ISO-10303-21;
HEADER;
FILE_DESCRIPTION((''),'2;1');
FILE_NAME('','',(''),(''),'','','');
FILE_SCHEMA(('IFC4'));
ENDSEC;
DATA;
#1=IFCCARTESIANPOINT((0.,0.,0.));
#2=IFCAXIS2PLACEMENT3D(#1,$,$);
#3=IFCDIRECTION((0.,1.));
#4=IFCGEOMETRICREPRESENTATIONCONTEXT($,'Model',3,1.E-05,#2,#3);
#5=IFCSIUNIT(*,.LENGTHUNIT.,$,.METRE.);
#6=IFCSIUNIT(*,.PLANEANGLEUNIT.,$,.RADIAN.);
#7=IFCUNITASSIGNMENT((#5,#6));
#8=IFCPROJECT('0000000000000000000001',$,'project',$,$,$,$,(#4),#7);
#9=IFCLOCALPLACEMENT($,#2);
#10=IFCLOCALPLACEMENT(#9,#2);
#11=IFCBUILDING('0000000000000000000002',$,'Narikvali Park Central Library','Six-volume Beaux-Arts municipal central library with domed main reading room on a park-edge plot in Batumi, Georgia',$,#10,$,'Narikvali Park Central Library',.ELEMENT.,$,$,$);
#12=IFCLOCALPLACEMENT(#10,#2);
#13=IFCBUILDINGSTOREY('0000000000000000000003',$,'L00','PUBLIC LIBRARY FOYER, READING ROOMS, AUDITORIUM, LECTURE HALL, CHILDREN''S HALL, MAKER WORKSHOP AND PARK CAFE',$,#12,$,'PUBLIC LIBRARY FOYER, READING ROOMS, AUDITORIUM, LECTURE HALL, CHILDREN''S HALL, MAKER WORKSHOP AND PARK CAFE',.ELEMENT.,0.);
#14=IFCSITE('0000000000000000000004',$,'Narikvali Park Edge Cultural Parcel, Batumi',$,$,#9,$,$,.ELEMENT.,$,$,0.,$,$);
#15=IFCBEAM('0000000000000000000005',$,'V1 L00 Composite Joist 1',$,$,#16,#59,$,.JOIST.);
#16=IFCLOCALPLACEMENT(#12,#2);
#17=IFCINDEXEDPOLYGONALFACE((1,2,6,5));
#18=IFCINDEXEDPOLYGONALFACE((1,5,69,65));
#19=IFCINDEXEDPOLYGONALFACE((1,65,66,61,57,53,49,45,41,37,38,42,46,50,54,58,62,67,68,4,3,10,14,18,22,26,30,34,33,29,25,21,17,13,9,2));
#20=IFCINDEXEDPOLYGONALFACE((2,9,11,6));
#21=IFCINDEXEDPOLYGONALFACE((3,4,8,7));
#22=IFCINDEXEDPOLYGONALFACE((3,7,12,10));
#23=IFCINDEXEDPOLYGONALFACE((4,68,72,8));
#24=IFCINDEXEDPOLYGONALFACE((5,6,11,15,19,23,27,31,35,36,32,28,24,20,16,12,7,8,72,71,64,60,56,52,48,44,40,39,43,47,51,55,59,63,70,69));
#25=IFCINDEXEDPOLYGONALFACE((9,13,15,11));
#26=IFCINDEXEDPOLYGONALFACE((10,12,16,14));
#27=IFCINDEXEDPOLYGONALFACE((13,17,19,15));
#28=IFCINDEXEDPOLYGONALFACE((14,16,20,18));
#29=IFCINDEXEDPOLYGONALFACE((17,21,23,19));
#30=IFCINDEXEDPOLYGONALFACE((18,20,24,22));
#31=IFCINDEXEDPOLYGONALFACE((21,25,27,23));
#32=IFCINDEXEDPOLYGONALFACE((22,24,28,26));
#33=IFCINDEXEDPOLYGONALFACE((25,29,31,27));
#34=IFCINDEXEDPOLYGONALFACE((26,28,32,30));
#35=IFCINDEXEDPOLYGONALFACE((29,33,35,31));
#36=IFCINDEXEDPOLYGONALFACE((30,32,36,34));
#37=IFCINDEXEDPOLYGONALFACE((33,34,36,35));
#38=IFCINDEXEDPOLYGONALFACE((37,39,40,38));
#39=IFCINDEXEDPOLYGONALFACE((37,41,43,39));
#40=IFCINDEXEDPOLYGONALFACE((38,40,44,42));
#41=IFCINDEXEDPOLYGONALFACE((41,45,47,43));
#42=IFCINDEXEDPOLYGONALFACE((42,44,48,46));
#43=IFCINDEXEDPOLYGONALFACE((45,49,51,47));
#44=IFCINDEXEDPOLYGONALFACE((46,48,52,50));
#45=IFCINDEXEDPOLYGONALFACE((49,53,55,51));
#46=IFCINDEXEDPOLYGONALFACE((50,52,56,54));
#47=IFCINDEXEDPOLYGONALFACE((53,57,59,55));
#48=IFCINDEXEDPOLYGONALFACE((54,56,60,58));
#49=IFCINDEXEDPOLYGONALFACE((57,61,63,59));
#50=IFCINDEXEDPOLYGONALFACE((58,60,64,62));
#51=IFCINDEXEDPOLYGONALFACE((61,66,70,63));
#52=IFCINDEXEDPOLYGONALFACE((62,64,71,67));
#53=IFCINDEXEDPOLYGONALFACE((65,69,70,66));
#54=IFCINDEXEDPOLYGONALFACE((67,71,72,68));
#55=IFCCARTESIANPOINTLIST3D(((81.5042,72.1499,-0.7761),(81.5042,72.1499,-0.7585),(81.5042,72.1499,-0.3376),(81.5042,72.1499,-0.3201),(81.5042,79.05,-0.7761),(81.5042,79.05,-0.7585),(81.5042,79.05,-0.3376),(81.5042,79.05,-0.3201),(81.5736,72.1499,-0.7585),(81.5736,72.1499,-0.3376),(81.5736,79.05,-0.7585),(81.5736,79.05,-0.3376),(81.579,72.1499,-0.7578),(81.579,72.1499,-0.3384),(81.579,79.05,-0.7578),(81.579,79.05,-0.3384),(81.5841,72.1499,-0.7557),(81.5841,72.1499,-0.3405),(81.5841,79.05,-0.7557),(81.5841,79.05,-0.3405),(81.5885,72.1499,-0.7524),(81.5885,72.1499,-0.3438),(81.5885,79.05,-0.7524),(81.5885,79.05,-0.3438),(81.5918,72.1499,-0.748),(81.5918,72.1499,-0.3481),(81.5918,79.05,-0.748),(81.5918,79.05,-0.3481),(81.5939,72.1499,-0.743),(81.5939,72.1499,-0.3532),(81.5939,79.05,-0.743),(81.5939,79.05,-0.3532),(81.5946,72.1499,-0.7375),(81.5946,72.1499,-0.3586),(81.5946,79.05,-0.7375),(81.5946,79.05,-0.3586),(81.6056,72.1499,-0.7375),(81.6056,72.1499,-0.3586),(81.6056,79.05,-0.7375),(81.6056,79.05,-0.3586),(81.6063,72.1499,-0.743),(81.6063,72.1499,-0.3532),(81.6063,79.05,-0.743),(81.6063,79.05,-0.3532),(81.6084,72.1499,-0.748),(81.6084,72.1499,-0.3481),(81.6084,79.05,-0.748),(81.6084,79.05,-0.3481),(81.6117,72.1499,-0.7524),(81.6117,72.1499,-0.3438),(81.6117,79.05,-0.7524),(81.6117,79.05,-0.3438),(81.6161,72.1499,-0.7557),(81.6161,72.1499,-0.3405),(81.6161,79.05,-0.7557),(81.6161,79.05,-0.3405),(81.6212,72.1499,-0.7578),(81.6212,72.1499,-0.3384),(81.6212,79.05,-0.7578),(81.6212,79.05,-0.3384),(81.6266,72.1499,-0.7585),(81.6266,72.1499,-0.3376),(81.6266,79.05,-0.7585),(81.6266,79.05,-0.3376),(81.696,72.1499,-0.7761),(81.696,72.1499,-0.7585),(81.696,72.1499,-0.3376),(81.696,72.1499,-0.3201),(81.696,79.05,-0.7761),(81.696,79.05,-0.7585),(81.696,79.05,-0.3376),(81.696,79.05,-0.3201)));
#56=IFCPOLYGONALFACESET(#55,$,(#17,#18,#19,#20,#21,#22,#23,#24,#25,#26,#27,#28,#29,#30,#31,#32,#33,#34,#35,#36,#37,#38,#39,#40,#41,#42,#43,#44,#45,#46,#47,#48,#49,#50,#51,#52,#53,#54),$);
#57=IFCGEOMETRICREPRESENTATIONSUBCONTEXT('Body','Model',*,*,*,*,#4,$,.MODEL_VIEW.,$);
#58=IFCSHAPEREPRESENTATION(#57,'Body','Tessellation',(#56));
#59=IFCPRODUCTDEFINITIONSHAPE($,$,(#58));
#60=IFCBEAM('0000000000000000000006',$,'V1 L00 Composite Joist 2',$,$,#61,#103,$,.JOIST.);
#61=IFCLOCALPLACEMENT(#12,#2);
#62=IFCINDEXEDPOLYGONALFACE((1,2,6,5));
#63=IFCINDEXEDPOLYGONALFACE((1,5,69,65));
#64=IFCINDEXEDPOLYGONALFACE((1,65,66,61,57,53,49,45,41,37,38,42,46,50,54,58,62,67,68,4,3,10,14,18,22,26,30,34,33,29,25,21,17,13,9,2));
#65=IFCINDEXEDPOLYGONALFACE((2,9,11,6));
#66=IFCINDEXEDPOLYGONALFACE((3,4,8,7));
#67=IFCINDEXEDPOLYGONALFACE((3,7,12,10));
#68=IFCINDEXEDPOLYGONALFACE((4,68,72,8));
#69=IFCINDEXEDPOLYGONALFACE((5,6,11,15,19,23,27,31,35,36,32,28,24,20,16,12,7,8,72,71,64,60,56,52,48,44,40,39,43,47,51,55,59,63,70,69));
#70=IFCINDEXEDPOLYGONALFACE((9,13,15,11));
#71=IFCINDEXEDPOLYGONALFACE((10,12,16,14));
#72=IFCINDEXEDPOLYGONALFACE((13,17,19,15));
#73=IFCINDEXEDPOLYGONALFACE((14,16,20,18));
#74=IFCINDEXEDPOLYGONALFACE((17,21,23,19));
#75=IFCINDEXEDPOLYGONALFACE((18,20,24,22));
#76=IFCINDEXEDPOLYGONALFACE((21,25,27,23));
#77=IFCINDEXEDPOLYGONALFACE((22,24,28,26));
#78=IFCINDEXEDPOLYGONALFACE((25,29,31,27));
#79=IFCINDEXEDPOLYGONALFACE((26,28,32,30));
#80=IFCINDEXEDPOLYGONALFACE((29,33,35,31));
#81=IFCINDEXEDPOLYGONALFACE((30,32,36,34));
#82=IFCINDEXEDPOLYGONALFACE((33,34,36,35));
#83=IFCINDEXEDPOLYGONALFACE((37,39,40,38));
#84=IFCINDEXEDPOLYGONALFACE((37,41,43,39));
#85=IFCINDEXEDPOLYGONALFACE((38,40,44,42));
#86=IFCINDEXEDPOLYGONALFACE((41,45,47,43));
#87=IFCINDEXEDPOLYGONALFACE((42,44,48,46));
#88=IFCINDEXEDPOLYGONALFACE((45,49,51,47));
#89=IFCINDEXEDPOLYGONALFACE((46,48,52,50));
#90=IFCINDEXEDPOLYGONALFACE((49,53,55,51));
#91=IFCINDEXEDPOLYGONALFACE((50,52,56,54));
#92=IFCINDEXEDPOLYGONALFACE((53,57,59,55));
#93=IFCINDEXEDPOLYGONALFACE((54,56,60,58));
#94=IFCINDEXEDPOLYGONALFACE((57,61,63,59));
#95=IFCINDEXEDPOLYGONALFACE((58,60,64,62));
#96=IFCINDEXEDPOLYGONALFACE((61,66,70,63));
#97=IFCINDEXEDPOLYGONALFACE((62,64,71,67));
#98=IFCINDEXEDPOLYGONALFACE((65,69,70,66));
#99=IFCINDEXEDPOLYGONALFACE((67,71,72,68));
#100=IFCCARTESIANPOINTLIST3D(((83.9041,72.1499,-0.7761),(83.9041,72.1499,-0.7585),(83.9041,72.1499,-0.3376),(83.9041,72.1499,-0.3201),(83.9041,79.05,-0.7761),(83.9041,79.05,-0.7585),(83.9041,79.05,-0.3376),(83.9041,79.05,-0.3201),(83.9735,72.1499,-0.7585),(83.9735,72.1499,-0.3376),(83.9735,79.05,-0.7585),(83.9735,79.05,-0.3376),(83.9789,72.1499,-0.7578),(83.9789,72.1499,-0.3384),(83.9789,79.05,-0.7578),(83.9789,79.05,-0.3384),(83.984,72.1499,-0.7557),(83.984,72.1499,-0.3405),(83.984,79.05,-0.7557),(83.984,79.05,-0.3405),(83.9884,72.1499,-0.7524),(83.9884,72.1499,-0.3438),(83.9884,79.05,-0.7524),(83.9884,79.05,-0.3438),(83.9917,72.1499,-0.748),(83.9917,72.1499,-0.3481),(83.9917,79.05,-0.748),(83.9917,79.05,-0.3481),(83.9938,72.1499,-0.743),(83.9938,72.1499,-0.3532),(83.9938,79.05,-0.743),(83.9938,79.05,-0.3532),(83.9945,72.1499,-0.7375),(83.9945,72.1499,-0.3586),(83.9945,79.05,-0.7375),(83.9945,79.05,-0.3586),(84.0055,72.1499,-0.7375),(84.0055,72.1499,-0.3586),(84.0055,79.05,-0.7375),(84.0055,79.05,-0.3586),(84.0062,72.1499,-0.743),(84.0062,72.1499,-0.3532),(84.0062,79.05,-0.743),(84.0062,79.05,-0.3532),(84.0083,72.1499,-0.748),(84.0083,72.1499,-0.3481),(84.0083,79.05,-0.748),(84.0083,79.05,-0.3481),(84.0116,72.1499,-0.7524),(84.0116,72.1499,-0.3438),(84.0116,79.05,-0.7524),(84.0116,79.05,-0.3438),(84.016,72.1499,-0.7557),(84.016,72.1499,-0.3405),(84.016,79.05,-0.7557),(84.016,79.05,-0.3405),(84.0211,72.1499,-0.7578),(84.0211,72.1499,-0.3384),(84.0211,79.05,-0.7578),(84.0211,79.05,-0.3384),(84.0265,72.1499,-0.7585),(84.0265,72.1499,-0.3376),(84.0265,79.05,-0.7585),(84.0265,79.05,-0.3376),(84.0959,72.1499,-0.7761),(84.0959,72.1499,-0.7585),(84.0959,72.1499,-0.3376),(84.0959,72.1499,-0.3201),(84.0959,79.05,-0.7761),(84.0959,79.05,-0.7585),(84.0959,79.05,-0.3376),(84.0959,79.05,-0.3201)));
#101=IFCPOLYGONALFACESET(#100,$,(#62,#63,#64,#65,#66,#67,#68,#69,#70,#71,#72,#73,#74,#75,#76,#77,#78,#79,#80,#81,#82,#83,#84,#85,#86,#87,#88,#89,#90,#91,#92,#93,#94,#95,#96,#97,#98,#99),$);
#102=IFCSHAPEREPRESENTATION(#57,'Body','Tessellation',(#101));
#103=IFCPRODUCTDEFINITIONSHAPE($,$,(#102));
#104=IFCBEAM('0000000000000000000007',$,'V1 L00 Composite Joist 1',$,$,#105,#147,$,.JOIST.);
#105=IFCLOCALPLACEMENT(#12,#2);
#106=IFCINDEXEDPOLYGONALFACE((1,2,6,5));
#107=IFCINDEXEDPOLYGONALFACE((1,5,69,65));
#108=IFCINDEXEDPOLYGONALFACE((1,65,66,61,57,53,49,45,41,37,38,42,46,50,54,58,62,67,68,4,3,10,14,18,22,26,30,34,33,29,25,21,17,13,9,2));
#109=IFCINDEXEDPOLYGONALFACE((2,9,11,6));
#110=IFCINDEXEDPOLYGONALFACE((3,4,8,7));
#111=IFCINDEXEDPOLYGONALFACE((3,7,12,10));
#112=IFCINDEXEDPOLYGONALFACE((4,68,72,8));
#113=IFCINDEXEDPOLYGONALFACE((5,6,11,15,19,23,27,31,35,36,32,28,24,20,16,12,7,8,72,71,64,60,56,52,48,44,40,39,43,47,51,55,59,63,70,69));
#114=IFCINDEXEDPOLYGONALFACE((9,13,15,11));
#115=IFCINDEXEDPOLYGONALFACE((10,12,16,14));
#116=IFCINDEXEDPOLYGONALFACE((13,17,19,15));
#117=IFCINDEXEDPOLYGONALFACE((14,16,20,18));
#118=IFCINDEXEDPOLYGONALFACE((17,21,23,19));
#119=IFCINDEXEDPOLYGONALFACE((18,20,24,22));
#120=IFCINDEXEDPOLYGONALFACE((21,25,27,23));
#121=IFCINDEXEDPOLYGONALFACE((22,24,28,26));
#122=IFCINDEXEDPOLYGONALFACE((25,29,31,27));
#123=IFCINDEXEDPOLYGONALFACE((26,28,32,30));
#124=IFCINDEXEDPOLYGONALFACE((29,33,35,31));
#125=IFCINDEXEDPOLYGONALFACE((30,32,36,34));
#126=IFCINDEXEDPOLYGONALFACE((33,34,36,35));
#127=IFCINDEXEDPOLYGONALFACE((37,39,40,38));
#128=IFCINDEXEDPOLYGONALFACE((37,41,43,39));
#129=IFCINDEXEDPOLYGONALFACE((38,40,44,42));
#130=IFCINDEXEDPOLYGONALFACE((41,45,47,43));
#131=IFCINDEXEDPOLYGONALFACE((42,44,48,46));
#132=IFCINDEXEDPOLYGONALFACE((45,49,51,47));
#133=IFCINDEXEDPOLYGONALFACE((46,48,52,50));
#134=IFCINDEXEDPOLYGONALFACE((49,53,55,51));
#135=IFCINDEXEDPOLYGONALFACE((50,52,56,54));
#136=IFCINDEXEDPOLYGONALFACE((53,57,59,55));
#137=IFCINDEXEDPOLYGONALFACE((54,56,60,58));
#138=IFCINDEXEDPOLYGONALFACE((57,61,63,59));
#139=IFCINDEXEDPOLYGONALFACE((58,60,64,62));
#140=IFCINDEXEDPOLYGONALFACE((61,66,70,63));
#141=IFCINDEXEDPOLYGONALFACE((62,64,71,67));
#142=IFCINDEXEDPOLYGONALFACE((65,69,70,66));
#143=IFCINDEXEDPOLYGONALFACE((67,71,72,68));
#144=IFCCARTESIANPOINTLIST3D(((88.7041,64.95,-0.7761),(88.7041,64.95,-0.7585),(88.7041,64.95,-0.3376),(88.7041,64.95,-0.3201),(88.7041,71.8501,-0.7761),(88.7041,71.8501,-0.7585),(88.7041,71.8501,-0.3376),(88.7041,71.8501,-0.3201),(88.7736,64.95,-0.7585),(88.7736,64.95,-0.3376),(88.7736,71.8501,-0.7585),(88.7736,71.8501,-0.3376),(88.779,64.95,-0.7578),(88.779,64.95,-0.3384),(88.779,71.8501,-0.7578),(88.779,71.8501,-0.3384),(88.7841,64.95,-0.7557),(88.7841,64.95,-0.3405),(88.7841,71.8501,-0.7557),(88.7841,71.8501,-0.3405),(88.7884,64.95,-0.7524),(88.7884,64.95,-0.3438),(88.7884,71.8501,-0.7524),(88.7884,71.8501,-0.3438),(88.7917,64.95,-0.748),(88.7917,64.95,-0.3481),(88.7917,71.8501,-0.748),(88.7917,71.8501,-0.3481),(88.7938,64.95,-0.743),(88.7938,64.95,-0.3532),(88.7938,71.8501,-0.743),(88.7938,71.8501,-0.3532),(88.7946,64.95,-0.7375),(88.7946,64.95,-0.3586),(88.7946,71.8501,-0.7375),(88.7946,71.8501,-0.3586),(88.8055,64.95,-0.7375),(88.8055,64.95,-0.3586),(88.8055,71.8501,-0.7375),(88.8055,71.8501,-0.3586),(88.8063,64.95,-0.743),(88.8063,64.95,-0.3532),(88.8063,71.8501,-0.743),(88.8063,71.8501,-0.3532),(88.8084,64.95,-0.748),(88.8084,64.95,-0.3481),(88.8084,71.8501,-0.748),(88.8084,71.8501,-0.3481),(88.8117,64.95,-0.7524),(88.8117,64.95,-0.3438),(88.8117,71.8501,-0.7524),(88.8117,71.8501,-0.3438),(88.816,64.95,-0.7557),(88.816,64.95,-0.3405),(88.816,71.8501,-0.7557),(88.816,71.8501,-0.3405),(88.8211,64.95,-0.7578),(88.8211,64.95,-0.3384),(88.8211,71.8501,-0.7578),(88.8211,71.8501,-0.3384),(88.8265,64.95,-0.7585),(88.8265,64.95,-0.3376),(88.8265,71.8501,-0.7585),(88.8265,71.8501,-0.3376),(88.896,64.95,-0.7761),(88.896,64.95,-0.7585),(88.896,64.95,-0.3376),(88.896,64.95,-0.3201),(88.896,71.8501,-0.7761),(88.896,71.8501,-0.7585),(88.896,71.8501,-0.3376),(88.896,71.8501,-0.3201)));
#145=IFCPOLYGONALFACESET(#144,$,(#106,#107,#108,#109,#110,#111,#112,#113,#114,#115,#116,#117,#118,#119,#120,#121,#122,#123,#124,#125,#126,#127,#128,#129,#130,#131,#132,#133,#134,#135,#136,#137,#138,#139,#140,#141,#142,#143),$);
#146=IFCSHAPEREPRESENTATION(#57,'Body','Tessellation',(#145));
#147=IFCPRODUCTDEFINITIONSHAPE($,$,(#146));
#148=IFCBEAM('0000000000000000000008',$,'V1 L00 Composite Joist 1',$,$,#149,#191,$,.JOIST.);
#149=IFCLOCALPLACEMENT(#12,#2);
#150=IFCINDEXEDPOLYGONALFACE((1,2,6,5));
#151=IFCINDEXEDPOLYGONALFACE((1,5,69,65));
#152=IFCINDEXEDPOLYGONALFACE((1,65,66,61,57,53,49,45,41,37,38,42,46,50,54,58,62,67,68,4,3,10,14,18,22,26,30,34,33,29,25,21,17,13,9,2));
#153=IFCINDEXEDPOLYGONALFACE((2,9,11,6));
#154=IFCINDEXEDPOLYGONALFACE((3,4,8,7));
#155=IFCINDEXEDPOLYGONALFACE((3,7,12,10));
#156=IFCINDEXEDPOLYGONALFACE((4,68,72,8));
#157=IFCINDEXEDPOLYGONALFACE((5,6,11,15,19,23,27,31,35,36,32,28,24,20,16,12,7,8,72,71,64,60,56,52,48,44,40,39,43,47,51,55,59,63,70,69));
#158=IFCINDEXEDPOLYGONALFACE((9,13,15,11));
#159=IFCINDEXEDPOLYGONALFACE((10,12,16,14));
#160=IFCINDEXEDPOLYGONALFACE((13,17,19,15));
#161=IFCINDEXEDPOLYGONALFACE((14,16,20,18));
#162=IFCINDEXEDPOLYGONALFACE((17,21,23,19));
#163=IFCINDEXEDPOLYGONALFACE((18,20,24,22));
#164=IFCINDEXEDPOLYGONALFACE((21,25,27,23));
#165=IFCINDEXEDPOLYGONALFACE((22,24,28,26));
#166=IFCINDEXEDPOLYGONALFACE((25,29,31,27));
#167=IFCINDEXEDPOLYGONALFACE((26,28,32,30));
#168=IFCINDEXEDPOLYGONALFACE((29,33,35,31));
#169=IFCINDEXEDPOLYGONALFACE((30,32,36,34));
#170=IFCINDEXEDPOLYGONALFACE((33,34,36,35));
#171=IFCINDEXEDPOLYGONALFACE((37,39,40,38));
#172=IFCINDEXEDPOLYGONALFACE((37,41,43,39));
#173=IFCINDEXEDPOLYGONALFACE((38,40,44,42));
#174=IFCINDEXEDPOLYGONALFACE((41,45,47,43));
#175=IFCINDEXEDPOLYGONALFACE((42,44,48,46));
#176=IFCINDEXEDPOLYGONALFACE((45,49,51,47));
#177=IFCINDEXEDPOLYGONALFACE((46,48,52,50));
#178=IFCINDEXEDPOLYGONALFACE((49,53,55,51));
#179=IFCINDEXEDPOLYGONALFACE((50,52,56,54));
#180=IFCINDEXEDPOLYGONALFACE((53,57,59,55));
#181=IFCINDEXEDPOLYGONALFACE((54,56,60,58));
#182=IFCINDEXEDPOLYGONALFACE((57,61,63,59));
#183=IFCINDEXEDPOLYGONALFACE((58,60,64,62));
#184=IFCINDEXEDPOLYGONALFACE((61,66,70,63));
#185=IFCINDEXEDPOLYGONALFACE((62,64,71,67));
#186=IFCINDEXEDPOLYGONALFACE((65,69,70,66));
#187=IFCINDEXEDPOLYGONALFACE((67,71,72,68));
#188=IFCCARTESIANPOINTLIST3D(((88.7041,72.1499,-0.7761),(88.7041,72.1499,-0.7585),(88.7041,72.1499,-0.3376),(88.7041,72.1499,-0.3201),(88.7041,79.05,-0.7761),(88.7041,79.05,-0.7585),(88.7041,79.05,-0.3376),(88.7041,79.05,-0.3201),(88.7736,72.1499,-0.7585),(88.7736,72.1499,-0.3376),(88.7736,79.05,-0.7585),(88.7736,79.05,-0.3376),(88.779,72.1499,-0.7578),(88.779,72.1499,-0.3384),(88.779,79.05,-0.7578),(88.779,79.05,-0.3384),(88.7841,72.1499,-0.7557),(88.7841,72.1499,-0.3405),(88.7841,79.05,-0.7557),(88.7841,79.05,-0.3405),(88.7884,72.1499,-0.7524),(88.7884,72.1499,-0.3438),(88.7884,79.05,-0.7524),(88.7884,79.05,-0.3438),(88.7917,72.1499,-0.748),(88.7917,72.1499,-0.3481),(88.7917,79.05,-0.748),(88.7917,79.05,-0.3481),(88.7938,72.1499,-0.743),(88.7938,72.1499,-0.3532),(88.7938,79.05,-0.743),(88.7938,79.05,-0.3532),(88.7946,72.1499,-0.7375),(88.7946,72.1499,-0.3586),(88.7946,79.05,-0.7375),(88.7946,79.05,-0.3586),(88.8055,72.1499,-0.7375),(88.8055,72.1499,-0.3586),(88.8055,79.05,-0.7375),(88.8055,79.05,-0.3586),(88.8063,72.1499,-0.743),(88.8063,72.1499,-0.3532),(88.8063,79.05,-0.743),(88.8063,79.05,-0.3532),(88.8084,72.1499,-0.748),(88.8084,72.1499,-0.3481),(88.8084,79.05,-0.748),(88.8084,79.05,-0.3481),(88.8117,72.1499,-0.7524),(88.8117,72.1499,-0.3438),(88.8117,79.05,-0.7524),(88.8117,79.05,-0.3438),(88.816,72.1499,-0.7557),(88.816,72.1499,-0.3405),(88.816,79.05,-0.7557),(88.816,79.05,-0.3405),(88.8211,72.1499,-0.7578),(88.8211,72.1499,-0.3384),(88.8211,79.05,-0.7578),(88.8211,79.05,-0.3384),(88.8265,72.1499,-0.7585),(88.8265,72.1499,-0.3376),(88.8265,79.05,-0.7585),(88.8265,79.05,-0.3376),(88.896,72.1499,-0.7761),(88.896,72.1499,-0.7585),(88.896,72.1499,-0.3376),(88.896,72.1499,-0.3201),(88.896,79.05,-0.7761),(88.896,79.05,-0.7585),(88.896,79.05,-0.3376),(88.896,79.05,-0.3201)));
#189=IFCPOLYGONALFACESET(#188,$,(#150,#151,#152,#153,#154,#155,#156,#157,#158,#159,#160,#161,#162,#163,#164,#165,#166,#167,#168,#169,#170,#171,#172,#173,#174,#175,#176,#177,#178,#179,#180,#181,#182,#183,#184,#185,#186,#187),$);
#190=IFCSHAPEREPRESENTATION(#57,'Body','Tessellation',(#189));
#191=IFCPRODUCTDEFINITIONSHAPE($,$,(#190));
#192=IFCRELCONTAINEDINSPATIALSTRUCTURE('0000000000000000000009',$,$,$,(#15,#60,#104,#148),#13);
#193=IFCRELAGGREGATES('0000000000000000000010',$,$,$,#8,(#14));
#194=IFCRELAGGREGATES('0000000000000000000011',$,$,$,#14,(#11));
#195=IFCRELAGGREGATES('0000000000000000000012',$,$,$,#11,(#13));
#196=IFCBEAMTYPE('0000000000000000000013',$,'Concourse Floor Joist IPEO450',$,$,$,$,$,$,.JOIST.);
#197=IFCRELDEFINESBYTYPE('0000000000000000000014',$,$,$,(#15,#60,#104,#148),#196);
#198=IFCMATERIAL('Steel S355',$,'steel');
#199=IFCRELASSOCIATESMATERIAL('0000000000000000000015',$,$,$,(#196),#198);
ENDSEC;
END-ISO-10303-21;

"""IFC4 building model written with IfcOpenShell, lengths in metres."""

from ifc_helpers import new_model, si_unit, direction, frame, origin, origin_2d, place, context, subcontext, project, spatial, i_section, extrude, material, material_profile, profile_set, type_object, element, save


model = new_model("IFC4")

# Units and contexts
model_context = context("Model", 3, precision=1e-05, world=origin(), true_north=direction((0.0, 1.0)))
body_context = subcontext(model_context, "Body", "Model", "MODEL_VIEW")
ifc_project = project(units=[si_unit("LENGTHUNIT", "METRE"), si_unit("PLANEANGLEUNIT", "RADIAN")], contexts=[model_context])

# Site, building, storey
site_placement = place(None, origin())
site = spatial("IfcSite", under=ifc_project, at=site_placement, Name="Narikvali Park Edge Cultural Parcel, Batumi", CompositionType="ELEMENT", RefElevation=0.0)
building_placement = place(site_placement, origin())
building = spatial("IfcBuilding", under=site, at=building_placement, Name="Narikvali Park Central Library", Description="Six-volume Beaux-Arts municipal central library with domed main reading room on a park-edge plot in Batumi, Georgia", LongName="Narikvali Park Central Library", CompositionType="ELEMENT")
storey_placement = place(building_placement, origin())
storey = spatial("IfcBuildingStorey", under=building, at=storey_placement, Name="L00", Description="PUBLIC LIBRARY FOYER, READING ROOMS, AUDITORIUM, LECTURE HALL, CHILDREN'S HALL, MAKER WORKSHOP AND PARK CAFE", LongName="PUBLIC LIBRARY FOYER, READING ROOMS, AUDITORIUM, LECTURE HALL, CHILDREN'S HALL, MAKER WORKSHOP AND PARK CAFE", CompositionType="ELEMENT", Elevation=0.0)

# Shared definitions
ifc_material_1 = material(Name="Steel S355", Category="steel")

# Beams
ifc_material_profile_1 = material_profile(ifc_material_1, i_section(OverallWidth=0.1919, OverallDepth=0.4561, WebThickness=0.011, FlangeThickness=0.0176, FilletRadius=0.021, at=origin_2d()), Name="IPEO 450")
ifc_profile_set_1 = profile_set([ifc_material_profile_1], Name="Steel S355")
beam_type_1 = type_object("IfcBeamType", Name="Concourse Floor Joist IPEO450", PredefinedType="JOIST", material=ifc_profile_set_1)
for number, where, z_axis, x_axis, name in (
    (1, (81.6001, 72.1499, -0.5481), (0.0, 1.0, 0.0), (-1.0, 0.0, 0.0), "V1 L00 Composite Joist 1"),
    (2, (84.0, 72.1499, -0.5481), (0.0, 1.0, 0.0), (-1.0, 0.0, 0.0), "V1 L00 Composite Joist 2"),
    (3, (88.8, 64.95, -0.5481), (0.0, 1.0, 0.0), (-1.0, 0.0, 0.0), "V1 L00 Composite Joist 1"),
    (4, (88.8, 72.1499, -0.5481), (0.0, 1.0, 0.0), (-1.0, 0.0, 0.0), "V1 L00 Composite Joist 1"),
):
    element("IfcBeam", number, at=place(storey_placement, frame(where, z_axis=z_axis, x_axis=x_axis)), inside=storey, type_object=beam_type_1, Name=name, PredefinedType="JOIST", context=body_context, shape_type="SweptSolid", body=[
        extrude(i_section(OverallWidth=0.1919, OverallDepth=0.4561, WebThickness=0.011, FlangeThickness=0.0176, FilletRadius=0.021, at=origin_2d()), origin(), (0.0, 0.0, 1.0), 6.9001),
    ])

save(model, "model.ifc")
